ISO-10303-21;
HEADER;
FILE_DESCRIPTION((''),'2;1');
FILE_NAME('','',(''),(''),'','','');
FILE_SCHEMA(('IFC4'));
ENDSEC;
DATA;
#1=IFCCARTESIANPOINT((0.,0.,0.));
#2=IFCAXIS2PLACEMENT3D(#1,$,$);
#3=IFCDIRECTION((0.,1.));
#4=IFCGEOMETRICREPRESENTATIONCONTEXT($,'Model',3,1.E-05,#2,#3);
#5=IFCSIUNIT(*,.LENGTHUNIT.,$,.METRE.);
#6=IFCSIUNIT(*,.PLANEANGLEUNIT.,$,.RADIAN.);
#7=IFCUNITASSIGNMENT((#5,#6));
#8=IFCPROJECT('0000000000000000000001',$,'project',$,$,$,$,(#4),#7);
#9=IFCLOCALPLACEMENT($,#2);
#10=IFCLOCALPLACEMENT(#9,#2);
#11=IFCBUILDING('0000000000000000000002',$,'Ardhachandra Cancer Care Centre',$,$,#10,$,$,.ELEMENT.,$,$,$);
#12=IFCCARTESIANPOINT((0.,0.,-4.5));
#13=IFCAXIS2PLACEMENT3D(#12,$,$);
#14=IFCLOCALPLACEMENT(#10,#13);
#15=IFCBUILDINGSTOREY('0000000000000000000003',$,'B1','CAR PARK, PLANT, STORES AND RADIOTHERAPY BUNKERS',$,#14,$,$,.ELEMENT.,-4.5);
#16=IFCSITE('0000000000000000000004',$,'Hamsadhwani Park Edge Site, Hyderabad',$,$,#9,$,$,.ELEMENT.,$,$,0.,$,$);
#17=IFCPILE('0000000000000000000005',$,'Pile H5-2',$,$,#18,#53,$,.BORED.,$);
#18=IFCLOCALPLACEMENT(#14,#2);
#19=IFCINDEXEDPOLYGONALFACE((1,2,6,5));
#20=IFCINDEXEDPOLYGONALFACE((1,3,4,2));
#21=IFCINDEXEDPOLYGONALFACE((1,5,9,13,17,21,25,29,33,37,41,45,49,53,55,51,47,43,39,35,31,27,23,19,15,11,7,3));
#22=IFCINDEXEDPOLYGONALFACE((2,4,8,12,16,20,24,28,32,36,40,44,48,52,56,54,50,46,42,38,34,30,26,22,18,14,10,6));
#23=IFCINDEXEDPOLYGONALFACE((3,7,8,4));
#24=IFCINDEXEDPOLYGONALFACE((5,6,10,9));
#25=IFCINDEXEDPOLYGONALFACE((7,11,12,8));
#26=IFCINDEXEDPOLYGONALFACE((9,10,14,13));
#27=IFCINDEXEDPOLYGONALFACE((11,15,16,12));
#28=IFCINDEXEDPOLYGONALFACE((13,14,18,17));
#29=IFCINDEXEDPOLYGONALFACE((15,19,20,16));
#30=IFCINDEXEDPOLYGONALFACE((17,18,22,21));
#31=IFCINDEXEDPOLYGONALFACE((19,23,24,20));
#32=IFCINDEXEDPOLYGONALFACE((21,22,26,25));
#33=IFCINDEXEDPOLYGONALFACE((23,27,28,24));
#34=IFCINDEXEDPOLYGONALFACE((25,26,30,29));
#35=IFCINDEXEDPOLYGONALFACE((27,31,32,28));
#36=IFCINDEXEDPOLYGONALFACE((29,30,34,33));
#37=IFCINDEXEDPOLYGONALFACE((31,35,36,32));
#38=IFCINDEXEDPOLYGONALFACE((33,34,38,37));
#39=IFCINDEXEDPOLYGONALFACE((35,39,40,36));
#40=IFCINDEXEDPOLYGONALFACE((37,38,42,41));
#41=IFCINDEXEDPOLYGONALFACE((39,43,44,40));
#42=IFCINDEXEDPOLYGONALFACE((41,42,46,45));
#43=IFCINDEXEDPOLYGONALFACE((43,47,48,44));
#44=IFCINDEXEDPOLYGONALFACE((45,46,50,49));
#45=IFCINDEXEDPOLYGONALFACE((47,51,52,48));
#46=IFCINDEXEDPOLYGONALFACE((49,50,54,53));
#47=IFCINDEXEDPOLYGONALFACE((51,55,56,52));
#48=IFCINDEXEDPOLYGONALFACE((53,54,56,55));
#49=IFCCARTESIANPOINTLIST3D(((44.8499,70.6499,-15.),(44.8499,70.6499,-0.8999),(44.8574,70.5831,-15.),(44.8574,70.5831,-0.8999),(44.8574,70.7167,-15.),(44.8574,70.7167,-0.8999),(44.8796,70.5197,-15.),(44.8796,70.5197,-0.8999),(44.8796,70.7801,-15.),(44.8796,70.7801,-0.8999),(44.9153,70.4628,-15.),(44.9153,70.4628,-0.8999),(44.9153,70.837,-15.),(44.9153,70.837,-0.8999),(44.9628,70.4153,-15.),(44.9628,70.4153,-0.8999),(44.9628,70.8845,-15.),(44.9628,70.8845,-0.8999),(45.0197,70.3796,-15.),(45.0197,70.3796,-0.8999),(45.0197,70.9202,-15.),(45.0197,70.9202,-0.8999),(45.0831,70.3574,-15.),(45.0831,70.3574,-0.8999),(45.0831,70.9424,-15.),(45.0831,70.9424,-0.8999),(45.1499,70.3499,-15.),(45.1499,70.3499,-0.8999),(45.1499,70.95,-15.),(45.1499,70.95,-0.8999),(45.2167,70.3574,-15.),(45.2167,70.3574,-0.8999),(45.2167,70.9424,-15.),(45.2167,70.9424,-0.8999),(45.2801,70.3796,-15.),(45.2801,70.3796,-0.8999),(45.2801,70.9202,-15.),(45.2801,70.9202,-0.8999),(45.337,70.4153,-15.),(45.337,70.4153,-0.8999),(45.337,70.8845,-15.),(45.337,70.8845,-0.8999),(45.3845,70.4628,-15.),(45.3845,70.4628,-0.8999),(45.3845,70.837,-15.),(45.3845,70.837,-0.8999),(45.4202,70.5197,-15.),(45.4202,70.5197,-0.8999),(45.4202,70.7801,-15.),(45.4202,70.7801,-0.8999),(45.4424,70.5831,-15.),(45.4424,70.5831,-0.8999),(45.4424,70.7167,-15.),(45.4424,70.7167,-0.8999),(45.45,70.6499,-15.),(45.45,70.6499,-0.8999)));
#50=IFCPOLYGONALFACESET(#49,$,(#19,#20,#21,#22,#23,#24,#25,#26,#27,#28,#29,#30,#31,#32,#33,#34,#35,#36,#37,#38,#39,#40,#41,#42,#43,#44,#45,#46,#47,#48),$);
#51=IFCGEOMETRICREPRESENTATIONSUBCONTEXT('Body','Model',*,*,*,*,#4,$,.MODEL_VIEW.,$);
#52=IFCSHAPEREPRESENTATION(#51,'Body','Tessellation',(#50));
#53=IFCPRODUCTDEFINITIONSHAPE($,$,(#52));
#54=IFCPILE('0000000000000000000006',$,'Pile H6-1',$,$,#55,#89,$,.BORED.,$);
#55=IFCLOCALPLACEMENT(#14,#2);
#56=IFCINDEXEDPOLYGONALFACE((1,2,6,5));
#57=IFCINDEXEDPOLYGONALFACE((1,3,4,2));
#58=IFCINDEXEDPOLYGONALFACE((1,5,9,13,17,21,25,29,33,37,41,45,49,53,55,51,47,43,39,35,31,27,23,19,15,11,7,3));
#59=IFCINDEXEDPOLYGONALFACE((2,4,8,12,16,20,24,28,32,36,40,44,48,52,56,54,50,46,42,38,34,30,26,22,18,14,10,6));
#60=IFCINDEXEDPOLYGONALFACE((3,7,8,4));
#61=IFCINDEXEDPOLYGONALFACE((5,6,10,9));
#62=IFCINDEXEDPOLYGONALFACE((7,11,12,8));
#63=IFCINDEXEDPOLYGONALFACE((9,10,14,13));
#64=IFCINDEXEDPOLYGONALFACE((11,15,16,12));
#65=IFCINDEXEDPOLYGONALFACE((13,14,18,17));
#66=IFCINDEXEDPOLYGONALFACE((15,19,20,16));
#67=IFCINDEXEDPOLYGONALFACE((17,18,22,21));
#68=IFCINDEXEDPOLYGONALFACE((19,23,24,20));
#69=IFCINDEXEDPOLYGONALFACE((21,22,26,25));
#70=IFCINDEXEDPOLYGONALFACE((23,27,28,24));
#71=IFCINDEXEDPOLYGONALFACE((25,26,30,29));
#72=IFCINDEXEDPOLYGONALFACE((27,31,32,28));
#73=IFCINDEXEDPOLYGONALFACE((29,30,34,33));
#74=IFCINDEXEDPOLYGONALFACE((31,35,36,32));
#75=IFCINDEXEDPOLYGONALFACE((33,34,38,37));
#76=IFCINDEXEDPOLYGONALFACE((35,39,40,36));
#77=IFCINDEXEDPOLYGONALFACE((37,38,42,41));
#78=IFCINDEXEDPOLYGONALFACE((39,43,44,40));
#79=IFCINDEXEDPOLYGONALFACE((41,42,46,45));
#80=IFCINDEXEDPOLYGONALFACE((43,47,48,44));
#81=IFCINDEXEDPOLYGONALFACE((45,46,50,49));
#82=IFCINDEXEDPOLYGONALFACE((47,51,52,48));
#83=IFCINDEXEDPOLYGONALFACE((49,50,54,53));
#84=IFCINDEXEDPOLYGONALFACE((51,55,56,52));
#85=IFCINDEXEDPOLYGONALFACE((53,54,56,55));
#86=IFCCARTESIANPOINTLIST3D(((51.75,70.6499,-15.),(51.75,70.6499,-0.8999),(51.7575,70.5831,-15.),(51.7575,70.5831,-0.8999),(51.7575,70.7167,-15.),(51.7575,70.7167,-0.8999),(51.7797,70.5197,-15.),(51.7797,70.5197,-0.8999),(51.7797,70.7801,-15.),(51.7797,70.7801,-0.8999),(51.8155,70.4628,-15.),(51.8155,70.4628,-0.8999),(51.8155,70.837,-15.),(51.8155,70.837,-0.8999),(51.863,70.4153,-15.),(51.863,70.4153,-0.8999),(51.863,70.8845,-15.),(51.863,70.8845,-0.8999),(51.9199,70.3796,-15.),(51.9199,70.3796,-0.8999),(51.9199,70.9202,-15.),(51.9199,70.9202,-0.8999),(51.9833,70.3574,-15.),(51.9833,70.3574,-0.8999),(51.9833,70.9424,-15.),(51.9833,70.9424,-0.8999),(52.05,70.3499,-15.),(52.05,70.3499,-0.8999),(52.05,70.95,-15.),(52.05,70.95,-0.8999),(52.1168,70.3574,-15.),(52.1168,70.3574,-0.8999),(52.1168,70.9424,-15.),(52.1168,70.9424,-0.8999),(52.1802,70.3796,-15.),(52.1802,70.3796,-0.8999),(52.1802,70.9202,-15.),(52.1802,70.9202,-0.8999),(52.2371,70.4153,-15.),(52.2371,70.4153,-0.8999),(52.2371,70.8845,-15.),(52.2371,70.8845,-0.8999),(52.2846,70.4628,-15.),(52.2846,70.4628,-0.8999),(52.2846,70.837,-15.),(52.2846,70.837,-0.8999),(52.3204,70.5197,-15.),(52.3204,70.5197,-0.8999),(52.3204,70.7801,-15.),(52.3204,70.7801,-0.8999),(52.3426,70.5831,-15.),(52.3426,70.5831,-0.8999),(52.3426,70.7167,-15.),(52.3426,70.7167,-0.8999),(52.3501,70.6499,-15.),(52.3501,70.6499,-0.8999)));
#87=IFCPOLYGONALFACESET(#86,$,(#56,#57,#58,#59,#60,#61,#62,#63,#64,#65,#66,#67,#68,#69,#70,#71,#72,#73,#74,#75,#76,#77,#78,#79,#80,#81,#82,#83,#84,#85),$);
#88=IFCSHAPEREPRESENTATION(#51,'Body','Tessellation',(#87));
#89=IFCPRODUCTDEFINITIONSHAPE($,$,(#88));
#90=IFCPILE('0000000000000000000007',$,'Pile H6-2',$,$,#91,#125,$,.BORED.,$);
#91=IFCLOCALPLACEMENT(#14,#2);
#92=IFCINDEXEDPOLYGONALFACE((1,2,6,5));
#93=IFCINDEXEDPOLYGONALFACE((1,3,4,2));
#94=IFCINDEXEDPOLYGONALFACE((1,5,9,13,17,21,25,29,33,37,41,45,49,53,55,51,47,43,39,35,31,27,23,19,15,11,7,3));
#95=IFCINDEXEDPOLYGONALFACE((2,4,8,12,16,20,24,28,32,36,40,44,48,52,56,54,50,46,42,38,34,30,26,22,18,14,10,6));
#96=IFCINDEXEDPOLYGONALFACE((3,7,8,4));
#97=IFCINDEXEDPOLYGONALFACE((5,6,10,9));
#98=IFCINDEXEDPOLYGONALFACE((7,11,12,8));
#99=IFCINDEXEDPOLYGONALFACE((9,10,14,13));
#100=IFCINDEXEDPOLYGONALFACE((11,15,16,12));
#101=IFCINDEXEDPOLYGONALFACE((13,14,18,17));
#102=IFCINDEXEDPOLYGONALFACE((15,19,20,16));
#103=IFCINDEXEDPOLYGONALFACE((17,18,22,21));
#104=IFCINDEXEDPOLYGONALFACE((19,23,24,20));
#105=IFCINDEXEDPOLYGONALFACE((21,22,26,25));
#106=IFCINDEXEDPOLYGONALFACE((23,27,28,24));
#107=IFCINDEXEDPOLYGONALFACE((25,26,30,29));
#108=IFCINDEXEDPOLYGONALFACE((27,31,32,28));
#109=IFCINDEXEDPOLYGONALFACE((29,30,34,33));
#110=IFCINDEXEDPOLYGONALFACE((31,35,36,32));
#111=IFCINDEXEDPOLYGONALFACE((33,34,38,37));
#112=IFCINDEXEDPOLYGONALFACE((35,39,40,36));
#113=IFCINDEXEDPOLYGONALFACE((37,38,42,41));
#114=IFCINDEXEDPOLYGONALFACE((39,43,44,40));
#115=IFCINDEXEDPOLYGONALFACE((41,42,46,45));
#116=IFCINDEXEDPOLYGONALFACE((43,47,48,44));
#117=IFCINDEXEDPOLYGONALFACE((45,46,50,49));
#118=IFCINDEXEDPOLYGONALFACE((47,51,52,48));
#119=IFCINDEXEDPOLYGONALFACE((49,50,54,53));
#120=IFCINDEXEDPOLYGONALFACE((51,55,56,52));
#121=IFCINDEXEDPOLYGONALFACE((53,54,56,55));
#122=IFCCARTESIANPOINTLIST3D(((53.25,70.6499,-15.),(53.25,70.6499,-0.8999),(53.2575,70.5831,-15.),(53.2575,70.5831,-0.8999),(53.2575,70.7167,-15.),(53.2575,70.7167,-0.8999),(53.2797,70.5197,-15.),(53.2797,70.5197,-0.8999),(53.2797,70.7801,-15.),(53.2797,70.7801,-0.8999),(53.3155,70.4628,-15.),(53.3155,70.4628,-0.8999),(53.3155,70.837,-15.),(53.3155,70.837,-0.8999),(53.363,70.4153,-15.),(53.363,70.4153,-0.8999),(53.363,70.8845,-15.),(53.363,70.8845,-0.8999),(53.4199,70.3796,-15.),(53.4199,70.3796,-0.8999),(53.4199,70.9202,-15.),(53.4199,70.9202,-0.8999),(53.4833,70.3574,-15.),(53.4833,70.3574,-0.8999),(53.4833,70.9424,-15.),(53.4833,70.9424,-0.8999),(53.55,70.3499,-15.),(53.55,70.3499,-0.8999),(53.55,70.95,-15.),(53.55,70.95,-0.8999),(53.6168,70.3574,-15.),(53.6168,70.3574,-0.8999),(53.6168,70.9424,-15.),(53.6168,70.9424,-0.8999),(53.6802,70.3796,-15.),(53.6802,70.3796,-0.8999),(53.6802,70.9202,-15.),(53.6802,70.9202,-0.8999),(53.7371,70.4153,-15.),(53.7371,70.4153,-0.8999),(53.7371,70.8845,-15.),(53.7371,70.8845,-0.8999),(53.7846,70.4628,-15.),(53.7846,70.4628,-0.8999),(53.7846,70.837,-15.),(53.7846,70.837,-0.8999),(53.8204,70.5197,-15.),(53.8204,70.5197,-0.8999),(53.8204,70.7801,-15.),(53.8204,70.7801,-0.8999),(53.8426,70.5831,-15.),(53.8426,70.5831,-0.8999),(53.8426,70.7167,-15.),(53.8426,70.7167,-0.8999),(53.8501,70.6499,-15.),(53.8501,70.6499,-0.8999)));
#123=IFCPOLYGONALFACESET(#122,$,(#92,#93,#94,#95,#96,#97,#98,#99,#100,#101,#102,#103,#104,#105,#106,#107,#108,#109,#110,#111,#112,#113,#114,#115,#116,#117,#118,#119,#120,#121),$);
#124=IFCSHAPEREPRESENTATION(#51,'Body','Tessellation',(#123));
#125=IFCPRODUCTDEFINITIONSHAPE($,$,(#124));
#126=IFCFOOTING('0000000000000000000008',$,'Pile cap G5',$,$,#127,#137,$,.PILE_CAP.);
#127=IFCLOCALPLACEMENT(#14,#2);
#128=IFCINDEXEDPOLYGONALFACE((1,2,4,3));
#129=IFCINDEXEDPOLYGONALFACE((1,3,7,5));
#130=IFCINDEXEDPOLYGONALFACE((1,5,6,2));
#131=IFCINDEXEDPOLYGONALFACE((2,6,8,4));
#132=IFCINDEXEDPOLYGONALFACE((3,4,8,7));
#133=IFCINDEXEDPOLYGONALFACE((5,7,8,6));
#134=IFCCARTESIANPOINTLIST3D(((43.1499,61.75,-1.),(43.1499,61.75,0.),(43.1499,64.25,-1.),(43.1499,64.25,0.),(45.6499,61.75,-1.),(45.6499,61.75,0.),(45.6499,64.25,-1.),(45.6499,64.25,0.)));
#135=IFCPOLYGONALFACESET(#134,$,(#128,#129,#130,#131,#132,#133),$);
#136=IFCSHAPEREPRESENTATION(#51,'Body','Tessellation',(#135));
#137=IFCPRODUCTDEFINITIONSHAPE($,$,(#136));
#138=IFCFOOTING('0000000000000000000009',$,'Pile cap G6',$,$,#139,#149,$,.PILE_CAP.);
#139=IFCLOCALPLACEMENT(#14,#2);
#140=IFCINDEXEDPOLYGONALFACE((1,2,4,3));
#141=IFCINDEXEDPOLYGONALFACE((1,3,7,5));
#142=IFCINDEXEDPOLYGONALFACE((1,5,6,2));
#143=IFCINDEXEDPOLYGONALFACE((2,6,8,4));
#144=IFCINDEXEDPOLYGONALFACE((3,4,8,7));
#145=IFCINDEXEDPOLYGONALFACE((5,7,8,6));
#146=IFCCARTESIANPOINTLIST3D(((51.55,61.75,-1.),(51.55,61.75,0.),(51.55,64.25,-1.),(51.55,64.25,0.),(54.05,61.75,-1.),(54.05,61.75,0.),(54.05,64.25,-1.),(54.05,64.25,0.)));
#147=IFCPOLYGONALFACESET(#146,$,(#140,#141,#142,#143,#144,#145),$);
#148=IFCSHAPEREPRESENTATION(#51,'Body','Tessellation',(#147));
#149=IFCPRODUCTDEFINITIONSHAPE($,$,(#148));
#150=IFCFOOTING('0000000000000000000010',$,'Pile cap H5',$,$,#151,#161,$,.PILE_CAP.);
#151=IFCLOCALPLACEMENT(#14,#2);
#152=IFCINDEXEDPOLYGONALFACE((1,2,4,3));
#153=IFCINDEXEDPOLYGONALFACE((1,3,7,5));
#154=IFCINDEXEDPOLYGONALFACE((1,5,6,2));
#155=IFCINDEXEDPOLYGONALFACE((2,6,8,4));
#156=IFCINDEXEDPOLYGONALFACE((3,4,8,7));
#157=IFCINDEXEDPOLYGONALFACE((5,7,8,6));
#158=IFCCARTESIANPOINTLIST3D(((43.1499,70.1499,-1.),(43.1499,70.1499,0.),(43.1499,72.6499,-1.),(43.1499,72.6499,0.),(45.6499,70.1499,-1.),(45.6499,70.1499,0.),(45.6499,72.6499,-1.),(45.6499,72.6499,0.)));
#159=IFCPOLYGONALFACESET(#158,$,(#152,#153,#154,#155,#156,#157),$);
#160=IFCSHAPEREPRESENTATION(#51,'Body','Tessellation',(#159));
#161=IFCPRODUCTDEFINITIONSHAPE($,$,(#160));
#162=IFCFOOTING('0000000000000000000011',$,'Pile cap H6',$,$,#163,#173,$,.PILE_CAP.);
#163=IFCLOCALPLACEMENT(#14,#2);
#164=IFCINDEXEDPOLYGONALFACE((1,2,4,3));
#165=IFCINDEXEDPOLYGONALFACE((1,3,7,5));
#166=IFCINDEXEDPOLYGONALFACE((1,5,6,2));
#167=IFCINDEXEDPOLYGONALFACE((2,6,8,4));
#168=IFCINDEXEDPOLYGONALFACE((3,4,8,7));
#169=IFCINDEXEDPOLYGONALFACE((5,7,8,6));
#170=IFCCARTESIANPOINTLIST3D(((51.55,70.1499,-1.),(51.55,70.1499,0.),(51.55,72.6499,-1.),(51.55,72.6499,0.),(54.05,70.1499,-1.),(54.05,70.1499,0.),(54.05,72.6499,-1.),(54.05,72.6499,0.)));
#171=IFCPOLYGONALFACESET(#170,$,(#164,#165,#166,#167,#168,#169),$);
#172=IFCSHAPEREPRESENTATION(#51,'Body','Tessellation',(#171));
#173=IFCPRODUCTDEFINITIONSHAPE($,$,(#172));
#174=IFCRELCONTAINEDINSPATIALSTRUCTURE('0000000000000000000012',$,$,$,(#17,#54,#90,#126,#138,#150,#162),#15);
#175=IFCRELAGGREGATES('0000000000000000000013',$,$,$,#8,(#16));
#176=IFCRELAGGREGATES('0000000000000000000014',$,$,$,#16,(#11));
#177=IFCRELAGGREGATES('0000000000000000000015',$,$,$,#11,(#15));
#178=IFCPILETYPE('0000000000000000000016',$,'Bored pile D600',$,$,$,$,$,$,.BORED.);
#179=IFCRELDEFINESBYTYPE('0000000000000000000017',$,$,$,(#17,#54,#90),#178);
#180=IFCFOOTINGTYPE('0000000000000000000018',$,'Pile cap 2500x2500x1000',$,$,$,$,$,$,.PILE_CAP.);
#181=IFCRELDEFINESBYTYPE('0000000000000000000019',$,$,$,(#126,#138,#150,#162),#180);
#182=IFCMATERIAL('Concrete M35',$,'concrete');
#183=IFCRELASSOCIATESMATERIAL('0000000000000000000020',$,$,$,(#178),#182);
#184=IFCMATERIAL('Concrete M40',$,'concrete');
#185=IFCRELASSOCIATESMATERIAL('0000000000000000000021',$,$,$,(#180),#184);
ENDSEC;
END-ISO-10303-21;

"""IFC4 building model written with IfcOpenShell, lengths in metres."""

from ifc_helpers import new_model, si_unit, direction, frame, origin, origin_2d, place, context, subcontext, project, spatial, rectangle, circle, extrude, material, material_profile, profile_set, type_object, element, save


model = new_model("IFC4")

# Units and contexts
model_context = context("Model", 3, precision=1e-05, world=origin(), true_north=direction((0.0, 1.0)))
body_context = subcontext(model_context, "Body", "Model", "MODEL_VIEW")
ifc_project = project(units=[si_unit("LENGTHUNIT", "METRE"), si_unit("PLANEANGLEUNIT", "RADIAN")], contexts=[model_context])

# Site, building, storey
site_placement = place(None, origin())
site = spatial("IfcSite", under=ifc_project, at=site_placement, Name="Hamsadhwani Park Edge Site, Hyderabad", CompositionType="ELEMENT", RefElevation=0.0)
building_placement = place(site_placement, origin())
building = spatial("IfcBuilding", under=site, at=building_placement, Name="Ardhachandra Cancer Care Centre", CompositionType="ELEMENT")
storey_placement = place(building_placement, frame((0.0, 0.0, -4.5)))
storey = spatial("IfcBuildingStorey", under=building, at=storey_placement, Name="B1", Description="CAR PARK, PLANT, STORES AND RADIOTHERAPY BUNKERS", CompositionType="ELEMENT", Elevation=-4.5)

# Piles
ifc_material_1 = material(Name="Concrete M35", Category="concrete")
ifc_material_profile_1 = material_profile(ifc_material_1, circle(Radius=0.3, at=origin_2d()), Name="D600")
ifc_profile_set_1 = profile_set([ifc_material_profile_1], Name="Concrete M35")
pile_type = type_object("IfcPileType", Name="Bored pile D600", PredefinedType="BORED", material=ifc_profile_set_1)
for number, where, z_axis, x_axis, name in (
    (1, (45.1499, 70.6499, -0.8999), (0.0, 0.0, -1.0), (1.0, 0.0, 0.0), "Pile H5-2"),
    (2, (52.05, 70.6499, -0.8999), (0.0, 0.0, -1.0), (1.0, 0.0, 0.0), "Pile H6-1"),
    (3, (53.55, 70.6499, -0.8999), (0.0, 0.0, -1.0), (1.0, 0.0, 0.0), "Pile H6-2"),
):
    element("IfcPile", number, at=place(storey_placement, frame(where, z_axis=z_axis, x_axis=x_axis)), inside=storey, type_object=pile_type, Name=name, PredefinedType="BORED", context=body_context, shape_type="SweptSolid", body=[
        extrude(circle(Radius=0.3, at=origin_2d()), origin(), (0.0, 0.0, 1.0), 14.1001),
    ])

# Footings
ifc_material_2 = material(Name="Concrete M40", Category="concrete")
footing_type = type_object("IfcFootingType", Name="Pile cap 2500x2500x1000", PredefinedType="PILE_CAP", material=ifc_material_2)
for number, where, z_axis, x_axis, name in (
    (4, (44.3999, 63.0, -1.0), (0.0, 0.0, 1.0), (1.0, 0.0, 0.0), "Pile cap G5"),
    (5, (52.8, 63.0, -1.0), (0.0, 0.0, 1.0), (1.0, 0.0, 0.0), "Pile cap G6"),
    (6, (44.3999, 71.3999, -1.0), (0.0, 0.0, 1.0), (1.0, 0.0, 0.0), "Pile cap H5"),
    (7, (52.8, 71.3999, -1.0), (0.0, 0.0, 1.0), (1.0, 0.0, 0.0), "Pile cap H6"),
):
    element("IfcFooting", number, at=place(storey_placement, frame(where, z_axis=z_axis, x_axis=x_axis)), inside=storey, type_object=footing_type, Name=name, PredefinedType="PILE_CAP", context=body_context, shape_type="SweptSolid", body=[
        extrude(rectangle(XDim=2.5, YDim=2.5, at=origin_2d()), origin(), (0.0, 0.0, 1.0), 1.0),
    ])

save(model, "model.ifc")
